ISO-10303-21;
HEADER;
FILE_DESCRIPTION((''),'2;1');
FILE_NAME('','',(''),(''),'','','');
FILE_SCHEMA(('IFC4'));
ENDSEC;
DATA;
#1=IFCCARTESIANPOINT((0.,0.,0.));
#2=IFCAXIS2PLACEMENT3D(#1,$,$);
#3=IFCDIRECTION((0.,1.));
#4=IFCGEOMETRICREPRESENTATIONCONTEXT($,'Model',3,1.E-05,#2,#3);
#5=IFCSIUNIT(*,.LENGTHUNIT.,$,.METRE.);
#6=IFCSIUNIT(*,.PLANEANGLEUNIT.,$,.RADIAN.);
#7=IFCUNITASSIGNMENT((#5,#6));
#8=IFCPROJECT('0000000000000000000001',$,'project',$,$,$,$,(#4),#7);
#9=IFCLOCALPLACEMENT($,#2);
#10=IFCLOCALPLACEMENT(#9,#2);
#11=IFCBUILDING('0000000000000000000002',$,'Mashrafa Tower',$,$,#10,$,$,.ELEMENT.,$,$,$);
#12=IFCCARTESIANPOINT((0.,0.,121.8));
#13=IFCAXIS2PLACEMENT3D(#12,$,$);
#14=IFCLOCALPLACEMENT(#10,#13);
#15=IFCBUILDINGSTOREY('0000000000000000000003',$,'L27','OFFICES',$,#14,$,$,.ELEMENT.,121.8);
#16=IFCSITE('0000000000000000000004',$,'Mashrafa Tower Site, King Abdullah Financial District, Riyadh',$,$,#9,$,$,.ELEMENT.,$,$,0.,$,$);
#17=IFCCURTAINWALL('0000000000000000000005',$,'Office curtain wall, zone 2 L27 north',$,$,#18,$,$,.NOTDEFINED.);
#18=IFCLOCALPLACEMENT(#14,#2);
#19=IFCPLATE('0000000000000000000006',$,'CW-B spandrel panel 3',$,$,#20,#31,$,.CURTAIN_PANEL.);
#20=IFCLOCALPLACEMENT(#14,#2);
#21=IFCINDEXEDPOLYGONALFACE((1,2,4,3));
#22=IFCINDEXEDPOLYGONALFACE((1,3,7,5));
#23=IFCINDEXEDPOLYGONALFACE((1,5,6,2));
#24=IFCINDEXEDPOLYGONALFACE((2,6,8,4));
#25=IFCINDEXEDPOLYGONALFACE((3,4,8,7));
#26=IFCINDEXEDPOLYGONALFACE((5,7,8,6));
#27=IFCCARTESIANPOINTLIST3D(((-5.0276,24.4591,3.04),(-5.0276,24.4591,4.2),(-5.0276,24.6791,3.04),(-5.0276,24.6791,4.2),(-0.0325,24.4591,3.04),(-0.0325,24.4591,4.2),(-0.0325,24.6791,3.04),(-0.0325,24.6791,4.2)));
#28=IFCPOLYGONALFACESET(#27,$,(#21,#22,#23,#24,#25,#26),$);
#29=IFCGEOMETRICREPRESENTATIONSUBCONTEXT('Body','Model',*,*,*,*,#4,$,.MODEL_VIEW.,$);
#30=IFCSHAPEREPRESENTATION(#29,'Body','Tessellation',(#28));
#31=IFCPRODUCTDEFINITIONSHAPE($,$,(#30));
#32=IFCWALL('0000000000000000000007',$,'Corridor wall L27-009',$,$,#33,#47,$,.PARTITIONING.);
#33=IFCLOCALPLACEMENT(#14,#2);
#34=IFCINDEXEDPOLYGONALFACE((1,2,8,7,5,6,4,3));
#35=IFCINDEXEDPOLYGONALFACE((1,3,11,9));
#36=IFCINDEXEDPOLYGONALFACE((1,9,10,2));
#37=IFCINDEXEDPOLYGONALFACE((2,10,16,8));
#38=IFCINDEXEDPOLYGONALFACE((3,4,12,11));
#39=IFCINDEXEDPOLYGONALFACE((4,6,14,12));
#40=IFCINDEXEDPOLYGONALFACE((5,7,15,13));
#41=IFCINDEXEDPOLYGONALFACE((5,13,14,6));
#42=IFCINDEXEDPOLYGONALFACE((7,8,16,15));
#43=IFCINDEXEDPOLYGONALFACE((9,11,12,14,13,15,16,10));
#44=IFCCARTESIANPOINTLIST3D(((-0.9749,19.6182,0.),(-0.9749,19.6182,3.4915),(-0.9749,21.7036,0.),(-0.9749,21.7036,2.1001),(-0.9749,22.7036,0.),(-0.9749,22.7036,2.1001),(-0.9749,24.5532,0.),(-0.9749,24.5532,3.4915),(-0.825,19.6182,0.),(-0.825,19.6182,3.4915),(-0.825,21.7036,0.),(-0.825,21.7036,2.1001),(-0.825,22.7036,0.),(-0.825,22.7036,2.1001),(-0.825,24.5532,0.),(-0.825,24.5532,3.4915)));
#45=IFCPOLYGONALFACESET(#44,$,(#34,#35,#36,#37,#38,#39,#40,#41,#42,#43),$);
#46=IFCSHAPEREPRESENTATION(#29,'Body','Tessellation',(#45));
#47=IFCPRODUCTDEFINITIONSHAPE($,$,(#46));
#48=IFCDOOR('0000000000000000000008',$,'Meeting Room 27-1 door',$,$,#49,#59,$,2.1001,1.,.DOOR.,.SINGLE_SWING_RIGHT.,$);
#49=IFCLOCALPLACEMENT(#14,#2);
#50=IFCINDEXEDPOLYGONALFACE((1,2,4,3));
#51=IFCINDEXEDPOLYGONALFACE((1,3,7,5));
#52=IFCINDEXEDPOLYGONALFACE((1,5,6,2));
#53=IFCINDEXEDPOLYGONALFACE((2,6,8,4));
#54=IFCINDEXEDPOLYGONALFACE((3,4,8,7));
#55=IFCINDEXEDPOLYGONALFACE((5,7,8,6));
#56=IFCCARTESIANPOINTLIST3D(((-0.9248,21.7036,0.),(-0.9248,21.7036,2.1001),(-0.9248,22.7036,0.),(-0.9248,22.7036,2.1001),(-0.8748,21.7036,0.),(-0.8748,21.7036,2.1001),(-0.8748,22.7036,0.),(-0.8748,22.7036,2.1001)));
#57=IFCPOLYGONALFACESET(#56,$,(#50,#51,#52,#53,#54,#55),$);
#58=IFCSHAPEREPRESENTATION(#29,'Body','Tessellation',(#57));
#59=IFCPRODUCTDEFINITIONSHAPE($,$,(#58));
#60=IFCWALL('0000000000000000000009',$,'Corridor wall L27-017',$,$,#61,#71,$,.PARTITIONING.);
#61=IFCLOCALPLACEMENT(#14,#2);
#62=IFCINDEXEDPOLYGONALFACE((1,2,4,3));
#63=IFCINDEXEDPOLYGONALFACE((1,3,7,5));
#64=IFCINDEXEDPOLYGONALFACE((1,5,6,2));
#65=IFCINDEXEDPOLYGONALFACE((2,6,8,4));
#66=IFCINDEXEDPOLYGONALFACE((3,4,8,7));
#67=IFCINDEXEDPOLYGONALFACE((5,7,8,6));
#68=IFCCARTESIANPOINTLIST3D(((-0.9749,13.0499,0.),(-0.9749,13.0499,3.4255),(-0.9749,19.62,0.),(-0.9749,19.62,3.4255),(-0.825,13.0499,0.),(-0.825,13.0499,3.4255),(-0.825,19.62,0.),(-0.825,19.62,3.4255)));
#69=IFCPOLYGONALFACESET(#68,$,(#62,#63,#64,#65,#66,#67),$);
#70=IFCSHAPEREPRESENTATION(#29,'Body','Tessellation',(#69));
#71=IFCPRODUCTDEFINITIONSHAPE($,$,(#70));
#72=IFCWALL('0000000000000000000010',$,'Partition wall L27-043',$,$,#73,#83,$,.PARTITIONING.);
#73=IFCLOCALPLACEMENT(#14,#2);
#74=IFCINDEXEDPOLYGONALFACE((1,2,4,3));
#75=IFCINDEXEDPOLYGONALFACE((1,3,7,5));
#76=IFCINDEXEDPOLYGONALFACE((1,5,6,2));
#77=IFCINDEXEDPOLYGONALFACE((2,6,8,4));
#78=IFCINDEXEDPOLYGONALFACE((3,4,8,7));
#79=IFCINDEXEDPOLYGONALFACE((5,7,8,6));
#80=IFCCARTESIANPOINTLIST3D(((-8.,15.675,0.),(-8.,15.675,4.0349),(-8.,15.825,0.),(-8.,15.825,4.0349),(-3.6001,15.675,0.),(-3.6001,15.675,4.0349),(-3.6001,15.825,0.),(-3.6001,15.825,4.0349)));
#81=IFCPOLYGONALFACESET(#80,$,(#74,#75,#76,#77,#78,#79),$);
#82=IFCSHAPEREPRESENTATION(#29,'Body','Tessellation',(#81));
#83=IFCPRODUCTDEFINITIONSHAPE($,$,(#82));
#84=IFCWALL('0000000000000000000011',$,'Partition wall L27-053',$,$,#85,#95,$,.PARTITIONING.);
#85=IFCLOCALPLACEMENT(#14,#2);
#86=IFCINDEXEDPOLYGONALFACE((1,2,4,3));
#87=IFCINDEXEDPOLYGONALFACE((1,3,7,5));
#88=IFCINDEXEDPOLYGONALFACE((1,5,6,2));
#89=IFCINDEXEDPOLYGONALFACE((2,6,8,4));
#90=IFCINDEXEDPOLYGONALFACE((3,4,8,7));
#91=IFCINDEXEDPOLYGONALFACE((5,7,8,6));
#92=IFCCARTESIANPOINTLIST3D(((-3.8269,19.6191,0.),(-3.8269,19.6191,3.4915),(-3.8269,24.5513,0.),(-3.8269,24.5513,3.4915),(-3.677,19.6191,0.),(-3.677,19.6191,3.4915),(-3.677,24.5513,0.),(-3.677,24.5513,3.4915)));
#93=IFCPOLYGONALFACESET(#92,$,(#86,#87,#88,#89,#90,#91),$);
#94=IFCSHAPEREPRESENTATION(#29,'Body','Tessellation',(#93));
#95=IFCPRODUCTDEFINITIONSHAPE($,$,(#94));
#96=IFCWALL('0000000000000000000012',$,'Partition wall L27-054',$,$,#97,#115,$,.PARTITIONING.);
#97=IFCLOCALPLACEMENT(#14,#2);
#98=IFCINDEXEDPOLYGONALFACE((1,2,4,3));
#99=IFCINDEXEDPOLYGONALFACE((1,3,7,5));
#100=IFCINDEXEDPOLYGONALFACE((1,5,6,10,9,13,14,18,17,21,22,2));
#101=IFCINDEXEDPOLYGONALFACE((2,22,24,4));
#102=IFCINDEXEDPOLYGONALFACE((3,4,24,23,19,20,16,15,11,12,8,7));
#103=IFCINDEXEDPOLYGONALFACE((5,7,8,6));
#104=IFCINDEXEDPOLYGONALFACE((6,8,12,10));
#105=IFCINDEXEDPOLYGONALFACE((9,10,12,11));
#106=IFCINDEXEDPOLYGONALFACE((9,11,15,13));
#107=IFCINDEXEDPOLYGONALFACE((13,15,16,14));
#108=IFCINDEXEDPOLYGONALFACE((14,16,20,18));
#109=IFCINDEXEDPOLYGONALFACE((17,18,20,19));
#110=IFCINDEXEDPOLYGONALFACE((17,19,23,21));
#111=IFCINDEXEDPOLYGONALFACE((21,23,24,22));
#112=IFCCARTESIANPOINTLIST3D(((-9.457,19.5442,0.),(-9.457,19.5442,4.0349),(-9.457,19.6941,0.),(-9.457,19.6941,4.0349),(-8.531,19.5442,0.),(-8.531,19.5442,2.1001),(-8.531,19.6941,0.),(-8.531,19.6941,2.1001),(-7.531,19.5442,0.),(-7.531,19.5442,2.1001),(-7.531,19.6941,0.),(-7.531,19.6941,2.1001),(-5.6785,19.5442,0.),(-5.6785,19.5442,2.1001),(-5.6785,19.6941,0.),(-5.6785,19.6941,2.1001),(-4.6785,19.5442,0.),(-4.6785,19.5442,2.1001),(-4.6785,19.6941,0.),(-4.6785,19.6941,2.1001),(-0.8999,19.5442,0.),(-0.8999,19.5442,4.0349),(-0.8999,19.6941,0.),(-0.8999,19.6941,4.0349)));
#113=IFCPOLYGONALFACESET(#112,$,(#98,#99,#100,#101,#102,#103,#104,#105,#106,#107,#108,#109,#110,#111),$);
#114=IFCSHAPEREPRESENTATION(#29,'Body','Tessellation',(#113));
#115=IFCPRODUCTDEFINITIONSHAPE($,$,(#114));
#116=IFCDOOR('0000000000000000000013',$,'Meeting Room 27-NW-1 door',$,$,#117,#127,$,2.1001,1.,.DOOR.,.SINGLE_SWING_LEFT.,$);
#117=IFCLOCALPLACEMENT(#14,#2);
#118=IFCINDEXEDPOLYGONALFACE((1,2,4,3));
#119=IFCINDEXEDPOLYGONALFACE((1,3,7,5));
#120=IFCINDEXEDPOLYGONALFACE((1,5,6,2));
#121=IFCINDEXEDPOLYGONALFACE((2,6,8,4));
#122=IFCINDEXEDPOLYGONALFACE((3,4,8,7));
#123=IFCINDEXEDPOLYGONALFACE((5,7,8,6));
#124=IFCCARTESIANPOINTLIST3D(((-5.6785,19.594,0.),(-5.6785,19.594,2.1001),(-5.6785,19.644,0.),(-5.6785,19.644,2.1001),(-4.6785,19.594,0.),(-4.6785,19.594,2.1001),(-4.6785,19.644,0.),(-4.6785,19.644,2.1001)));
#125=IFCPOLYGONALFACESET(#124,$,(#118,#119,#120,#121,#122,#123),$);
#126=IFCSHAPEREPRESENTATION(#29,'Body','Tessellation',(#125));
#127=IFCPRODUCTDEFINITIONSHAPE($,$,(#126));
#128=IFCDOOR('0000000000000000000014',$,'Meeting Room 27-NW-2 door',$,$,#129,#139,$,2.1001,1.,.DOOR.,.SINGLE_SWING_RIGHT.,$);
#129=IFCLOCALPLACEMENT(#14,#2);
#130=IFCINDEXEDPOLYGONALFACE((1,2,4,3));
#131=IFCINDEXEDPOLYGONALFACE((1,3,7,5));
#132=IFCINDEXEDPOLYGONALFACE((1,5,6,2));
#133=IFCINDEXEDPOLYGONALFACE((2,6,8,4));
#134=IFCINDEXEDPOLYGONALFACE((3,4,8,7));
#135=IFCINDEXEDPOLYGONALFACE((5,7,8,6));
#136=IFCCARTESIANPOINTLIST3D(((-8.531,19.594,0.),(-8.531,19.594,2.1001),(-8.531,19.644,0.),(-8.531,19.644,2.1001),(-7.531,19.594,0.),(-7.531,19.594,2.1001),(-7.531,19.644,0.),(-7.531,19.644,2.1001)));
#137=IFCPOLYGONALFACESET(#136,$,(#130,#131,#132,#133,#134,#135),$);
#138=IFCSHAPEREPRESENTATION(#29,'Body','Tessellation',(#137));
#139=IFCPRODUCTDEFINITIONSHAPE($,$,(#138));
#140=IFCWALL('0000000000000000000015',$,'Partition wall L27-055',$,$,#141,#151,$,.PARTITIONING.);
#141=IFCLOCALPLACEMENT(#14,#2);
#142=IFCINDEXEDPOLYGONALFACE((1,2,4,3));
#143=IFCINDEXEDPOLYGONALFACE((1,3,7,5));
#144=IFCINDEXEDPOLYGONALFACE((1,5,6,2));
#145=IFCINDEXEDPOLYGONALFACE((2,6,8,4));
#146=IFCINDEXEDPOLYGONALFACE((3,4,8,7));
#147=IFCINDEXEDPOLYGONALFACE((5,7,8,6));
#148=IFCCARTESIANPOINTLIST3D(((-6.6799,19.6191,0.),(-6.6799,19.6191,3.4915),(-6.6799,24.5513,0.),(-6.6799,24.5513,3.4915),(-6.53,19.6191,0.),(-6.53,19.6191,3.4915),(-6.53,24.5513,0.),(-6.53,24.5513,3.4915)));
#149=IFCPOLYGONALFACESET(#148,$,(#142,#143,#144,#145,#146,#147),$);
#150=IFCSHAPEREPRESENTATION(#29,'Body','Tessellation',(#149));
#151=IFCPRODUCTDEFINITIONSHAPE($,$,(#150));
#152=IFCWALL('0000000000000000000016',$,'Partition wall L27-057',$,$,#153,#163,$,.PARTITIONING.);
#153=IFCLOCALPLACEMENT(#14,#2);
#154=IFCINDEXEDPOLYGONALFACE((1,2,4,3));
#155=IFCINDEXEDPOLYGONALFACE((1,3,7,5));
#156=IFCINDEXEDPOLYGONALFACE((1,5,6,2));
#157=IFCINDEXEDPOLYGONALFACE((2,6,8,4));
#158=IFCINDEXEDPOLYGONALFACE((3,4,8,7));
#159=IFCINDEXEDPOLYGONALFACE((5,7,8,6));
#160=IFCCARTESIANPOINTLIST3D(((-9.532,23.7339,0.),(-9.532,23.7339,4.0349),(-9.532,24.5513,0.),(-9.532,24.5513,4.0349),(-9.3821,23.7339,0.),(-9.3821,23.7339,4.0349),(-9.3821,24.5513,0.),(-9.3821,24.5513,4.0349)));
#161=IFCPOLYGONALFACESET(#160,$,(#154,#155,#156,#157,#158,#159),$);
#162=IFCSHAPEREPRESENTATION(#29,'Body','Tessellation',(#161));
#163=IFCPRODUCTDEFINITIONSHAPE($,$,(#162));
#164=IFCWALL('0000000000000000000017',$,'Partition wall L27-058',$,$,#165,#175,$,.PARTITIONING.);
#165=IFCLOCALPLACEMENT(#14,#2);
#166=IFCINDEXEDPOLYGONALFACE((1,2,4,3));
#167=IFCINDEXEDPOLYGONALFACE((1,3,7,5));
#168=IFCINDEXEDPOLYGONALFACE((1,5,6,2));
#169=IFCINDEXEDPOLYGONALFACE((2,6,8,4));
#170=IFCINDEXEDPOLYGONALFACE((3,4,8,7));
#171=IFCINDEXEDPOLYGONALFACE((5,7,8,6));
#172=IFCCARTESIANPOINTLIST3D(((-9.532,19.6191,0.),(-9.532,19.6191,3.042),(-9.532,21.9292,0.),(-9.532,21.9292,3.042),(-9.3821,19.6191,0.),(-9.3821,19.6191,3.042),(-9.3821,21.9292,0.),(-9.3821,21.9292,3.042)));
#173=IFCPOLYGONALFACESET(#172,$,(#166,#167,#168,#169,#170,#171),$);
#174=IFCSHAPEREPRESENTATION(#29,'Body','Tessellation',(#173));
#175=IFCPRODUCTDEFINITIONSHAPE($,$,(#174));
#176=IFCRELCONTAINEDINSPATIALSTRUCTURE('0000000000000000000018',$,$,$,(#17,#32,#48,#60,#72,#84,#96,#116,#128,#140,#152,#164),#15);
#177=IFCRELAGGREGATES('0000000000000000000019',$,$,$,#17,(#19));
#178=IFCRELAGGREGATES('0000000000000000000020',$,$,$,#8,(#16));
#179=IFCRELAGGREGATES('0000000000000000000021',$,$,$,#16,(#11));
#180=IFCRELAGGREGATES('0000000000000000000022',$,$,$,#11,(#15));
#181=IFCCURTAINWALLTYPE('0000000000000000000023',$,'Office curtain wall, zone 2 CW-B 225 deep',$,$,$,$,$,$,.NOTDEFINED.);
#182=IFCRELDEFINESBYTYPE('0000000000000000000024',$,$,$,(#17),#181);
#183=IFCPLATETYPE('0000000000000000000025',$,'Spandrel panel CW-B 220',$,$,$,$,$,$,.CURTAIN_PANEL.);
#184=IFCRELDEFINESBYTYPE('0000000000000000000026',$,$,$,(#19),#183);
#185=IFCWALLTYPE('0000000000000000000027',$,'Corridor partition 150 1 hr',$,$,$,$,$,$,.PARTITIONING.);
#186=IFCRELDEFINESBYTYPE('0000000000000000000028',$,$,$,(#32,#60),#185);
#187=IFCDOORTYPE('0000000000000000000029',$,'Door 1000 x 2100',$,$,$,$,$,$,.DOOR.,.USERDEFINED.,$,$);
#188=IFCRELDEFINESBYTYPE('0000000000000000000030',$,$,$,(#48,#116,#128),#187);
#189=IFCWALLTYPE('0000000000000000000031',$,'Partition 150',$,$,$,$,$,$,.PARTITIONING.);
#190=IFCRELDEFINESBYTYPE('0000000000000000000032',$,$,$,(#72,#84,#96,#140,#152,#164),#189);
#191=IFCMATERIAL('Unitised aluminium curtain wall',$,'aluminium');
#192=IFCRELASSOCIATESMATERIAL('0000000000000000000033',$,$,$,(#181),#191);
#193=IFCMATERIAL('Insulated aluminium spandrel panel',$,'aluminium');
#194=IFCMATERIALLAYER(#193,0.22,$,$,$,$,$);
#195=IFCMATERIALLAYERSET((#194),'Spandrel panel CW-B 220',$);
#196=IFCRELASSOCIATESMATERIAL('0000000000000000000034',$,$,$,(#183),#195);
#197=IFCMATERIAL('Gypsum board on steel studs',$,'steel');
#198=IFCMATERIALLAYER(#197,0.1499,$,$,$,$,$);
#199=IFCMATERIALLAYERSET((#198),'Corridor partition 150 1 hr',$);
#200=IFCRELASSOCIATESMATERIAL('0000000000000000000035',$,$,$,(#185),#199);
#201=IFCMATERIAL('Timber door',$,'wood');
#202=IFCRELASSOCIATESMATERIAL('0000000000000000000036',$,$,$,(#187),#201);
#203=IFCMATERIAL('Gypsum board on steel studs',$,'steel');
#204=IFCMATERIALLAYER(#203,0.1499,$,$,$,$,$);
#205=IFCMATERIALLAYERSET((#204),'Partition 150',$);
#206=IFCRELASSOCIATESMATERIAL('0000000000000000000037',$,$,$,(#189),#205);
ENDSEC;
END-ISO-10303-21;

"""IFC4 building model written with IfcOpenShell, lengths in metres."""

from ifc_helpers import new_model, si_unit, direction, frame, frame_2d, origin, origin_2d, place, context, subcontext, project, spatial, rectangle, extrude, source, transform, mapped, material, layer, layer_set, type_object, element, fill, aggregate, save


model = new_model("IFC4")

# Units and contexts
model_context = context("Model", 3, precision=1e-05, world=origin(), true_north=direction((0.0, 1.0)))
body_context = subcontext(model_context, "Body", "Model", "MODEL_VIEW")
ifc_project = project(units=[si_unit("LENGTHUNIT", "METRE"), si_unit("PLANEANGLEUNIT", "RADIAN")], contexts=[model_context])

# Site, building, storey
site_placement = place(None, origin())
site = spatial("IfcSite", under=ifc_project, at=site_placement, Name="Mashrafa Tower Site, King Abdullah Financial District, Riyadh", CompositionType="ELEMENT", RefElevation=0.0)
building_placement = place(site_placement, origin())
building = spatial("IfcBuilding", under=site, at=building_placement, Name="Mashrafa Tower", CompositionType="ELEMENT")
storey_placement = place(building_placement, frame((0.0, 0.0, 121.8)))
storey = spatial("IfcBuildingStorey", under=building, at=storey_placement, Name="L27", Description="OFFICES", CompositionType="ELEMENT", Elevation=121.8)

# Curtain wall
ifc_material_1 = material(Name="Unitised aluminium curtain wall", Category="aluminium")
curtain_wall_type = type_object("IfcCurtainWallType", Name="Office curtain wall, zone 2 CW-B 225 deep", PredefinedType="NOTDEFINED", material=ifc_material_1)
curtain_wall_1_placement = place(storey_placement, origin())
curtain_wall_1 = element("IfcCurtainWall", 1, at=curtain_wall_1_placement, inside=storey, type_object=curtain_wall_type, Name="Office curtain wall, zone 2 L27 north", PredefinedType="NOTDEFINED")

# Plate
ifc_material_2 = material(Name="Insulated aluminium spandrel panel", Category="aluminium")
ifc_layer_1 = layer(ifc_material_2, 0.22)
ifc_layer_set_1 = layer_set([ifc_layer_1], Name="Spandrel panel CW-B 220")
plate_type_1 = type_object("IfcPlateType", Name="Spandrel panel CW-B 220", PredefinedType="CURTAIN_PANEL", material=ifc_layer_set_1)
shared_shape_1 = source(origin(), body_context, "Body", "SweptSolid", [
    extrude(rectangle(XDim=4.9951, YDim=0.22, at=origin_2d()), origin(), (0.0, 0.0, 1.0), 1.1599),
])
plate_1_placement = place(storey_placement, frame((-2.53, 24.5691, 3.04), z_axis=(0.0, 0.0, 1.0), x_axis=(-1.0, 0.0, 0.0)))
plate_1 = element("IfcPlate", 2, at=plate_1_placement, type_object=plate_type_1, Name="CW-B spandrel panel 3", PredefinedType="CURTAIN_PANEL", context=body_context, shape_type="MappedRepresentation", body=[
    mapped(shared_shape_1, transform((0.0, 0.0, 0.0))),
])
aggregate(curtain_wall_1, [plate_1])

# Wall, opening, door
ifc_material_3 = material(Name="Gypsum board on steel studs", Category="steel")
ifc_layer_2 = layer(ifc_material_3, 0.1499)
ifc_layer_set_2 = layer_set([ifc_layer_2], Name="Corridor partition 150 1 hr")
wall_type_1 = type_object("IfcWallType", Name="Corridor partition 150 1 hr", PredefinedType="PARTITIONING", material=ifc_layer_set_2)
wall_1_placement = place(storey_placement, frame((-0.8999, 24.5532, 0.0), z_axis=(0.0, 0.0, 1.0), x_axis=(0.0, -1.0, 0.0)))
wall_1 = element("IfcWall", 3, at=wall_1_placement, inside=storey, type_object=wall_type_1, Name="Corridor wall L27-009", PredefinedType="PARTITIONING", context=body_context, shape_type="SweptSolid", body=[
    extrude(rectangle(XDim=4.9351, YDim=0.1499, at=frame_2d((2.4675, 0.0))), origin(), (0.0, 0.0, 1.0), 3.4915),
])
opening_1_placement = place(wall_1_placement, frame((1.8496, 0.0, 0.0)))
opening_1 = element("IfcOpeningElement", 4, at=opening_1_placement, cuts=wall_1, PredefinedType="OPENING", context=body_context, shape_type="SweptSolid", body=[
    extrude(rectangle(XDim=1.0, YDim=2.1001, at=frame_2d((0.5, 1.05))), frame((0.0, 0.085, 0.0), z_axis=(0.0, -1.0, 0.0), x_axis=(1.0, 0.0, 0.0)), (0.0, 0.0, 1.0), 0.1699),
])
ifc_material_4 = material(Name="Timber door", Category="wood")
door_type = type_object("IfcDoorType", Name="Door 1000 x 2100", OperationType="USERDEFINED", PredefinedType="DOOR", material=ifc_material_4)
door_1_placement = place(opening_1_placement, frame((1.0, 0.0, 0.0), z_axis=(0.0, 0.0, 1.0), x_axis=(-1.0, 0.0, 0.0)))
door_1 = element("IfcDoor", 5, at=door_1_placement, inside=storey, type_object=door_type, Name="Meeting Room 27-1 door", OperationType="SINGLE_SWING_RIGHT", OverallHeight=2.1001, OverallWidth=1.0, PredefinedType="DOOR", context=body_context, shape_type="SweptSolid", body=[
    extrude(rectangle(XDim=1.0, YDim=2.1001, at=frame_2d((0.5, 1.05))), frame((0.0, 0.0249, 0.0), z_axis=(0.0, -1.0, 0.0), x_axis=(1.0, 0.0, 0.0)), (0.0, 0.0, 1.0), 0.05),
])
fill(opening_1, door_1)

# Walls
wall_2_placement = place(storey_placement, frame((-0.8999, 19.6201, 0.0), z_axis=(0.0, 0.0, 1.0), x_axis=(0.0, -1.0, 0.0)))
element("IfcWall", 6, at=wall_2_placement, inside=storey, type_object=wall_type_1, Name="Corridor wall L27-017", PredefinedType="PARTITIONING", context=body_context, shape_type="SweptSolid", body=[
    extrude(rectangle(XDim=6.5701, YDim=0.1499, at=frame_2d((3.2852, 0.0))), origin(), (0.0, 0.0, 1.0), 3.4255),
])
ifc_material_5 = material(Name="Gypsum board on steel studs", Category="steel")
ifc_layer_3 = layer(ifc_material_5, 0.1499)
ifc_layer_set_3 = layer_set([ifc_layer_3], Name="Partition 150")
wall_type_2 = type_object("IfcWallType", Name="Partition 150", PredefinedType="PARTITIONING", material=ifc_layer_set_3)
wall_3_placement = place(storey_placement, frame((-3.6001, 15.75, 0.0), z_axis=(0.0, 0.0, 1.0), x_axis=(-1.0, 0.0, 0.0)))
element("IfcWall", 7, at=wall_3_placement, inside=storey, type_object=wall_type_2, Name="Partition wall L27-043", PredefinedType="PARTITIONING", context=body_context, shape_type="SweptSolid", body=[
    extrude(rectangle(XDim=4.3999, YDim=0.1499, at=frame_2d((2.2, 0.0))), origin(), (0.0, 0.0, 1.0), 4.0349),
])
wall_4_placement = place(storey_placement, frame((-3.752, 24.5513, 0.0), z_axis=(0.0, 0.0, 1.0), x_axis=(0.0, -1.0, 0.0)))
element("IfcWall", 8, at=wall_4_placement, inside=storey, type_object=wall_type_2, Name="Partition wall L27-053", PredefinedType="PARTITIONING", context=body_context, shape_type="SweptSolid", body=[
    extrude(rectangle(XDim=4.9321, YDim=0.1499, at=frame_2d((2.4661, 0.0))), origin(), (0.0, 0.0, 1.0), 3.4915),
])

# Wall, openings, doors
wall_5_placement = place(storey_placement, frame((-0.8999, 19.6191, 0.0), z_axis=(0.0, 0.0, 1.0), x_axis=(-1.0, 0.0, 0.0)))
wall_5 = element("IfcWall", 9, at=wall_5_placement, inside=storey, type_object=wall_type_2, Name="Partition wall L27-054", PredefinedType="PARTITIONING", context=body_context, shape_type="SweptSolid", body=[
    extrude(rectangle(XDim=8.5571, YDim=0.1499, at=frame_2d((4.2786, 0.0))), origin(), (0.0, 0.0, 1.0), 4.0349),
])
opening_2_placement = place(wall_5_placement, frame((3.7786, 0.0, 0.0)))
opening_2 = element("IfcOpeningElement", 10, at=opening_2_placement, cuts=wall_5, PredefinedType="OPENING", context=body_context, shape_type="SweptSolid", body=[
    extrude(rectangle(XDim=1.0, YDim=2.1001, at=frame_2d((0.5, 1.05))), frame((0.0, 0.085, 0.0), z_axis=(0.0, -1.0, 0.0), x_axis=(1.0, 0.0, 0.0)), (0.0, 0.0, 1.0), 0.1699),
])
opening_3_placement = place(wall_5_placement, frame((6.6311, 0.0, 0.0)))
opening_3 = element("IfcOpeningElement", 11, at=opening_3_placement, cuts=wall_5, PredefinedType="OPENING", context=body_context, shape_type="SweptSolid", body=[
    extrude(rectangle(XDim=1.0, YDim=2.1001, at=frame_2d((0.5, 1.05))), frame((0.0, 0.085, 0.0), z_axis=(0.0, -1.0, 0.0), x_axis=(1.0, 0.0, 0.0)), (0.0, 0.0, 1.0), 0.1699),
])
door_2_placement = place(opening_2_placement, frame((1.0, 0.0, 0.0), z_axis=(0.0, 0.0, 1.0), x_axis=(-1.0, 0.0, 0.0)))
door_2 = element("IfcDoor", 12, at=door_2_placement, inside=storey, type_object=door_type, Name="Meeting Room 27-NW-1 door", OperationType="SINGLE_SWING_LEFT", OverallHeight=2.1001, OverallWidth=1.0, PredefinedType="DOOR", context=body_context, shape_type="SweptSolid", body=[
    extrude(rectangle(XDim=1.0, YDim=2.1001, at=frame_2d((0.5, 1.05))), frame((0.0, 0.0249, 0.0), z_axis=(0.0, -1.0, 0.0), x_axis=(1.0, 0.0, 0.0)), (0.0, 0.0, 1.0), 0.05),
])
fill(opening_2, door_2)
door_3_placement = place(opening_3_placement, frame((1.0, 0.0, 0.0), z_axis=(0.0, 0.0, 1.0), x_axis=(-1.0, 0.0, 0.0)))
door_3 = element("IfcDoor", 13, at=door_3_placement, inside=storey, type_object=door_type, Name="Meeting Room 27-NW-2 door", OperationType="SINGLE_SWING_RIGHT", OverallHeight=2.1001, OverallWidth=1.0, PredefinedType="DOOR", context=body_context, shape_type="SweptSolid", body=[
    extrude(rectangle(XDim=1.0, YDim=2.1001, at=frame_2d((0.5, 1.05))), frame((0.0, 0.0249, 0.0), z_axis=(0.0, -1.0, 0.0), x_axis=(1.0, 0.0, 0.0)), (0.0, 0.0, 1.0), 0.05),
])
fill(opening_3, door_3)

# Walls
wall_6_placement = place(storey_placement, frame((-6.605, 24.5513, 0.0), z_axis=(0.0, 0.0, 1.0), x_axis=(0.0, -1.0, 0.0)))
element("IfcWall", 14, at=wall_6_placement, inside=storey, type_object=wall_type_2, Name="Partition wall L27-055", PredefinedType="PARTITIONING", context=body_context, shape_type="SweptSolid", body=[
    extrude(rectangle(XDim=4.9321, YDim=0.1499, at=frame_2d((2.4661, 0.0))), origin(), (0.0, 0.0, 1.0), 3.4915),
])
wall_7_placement = place(storey_placement, frame((-9.457, 24.5513, 0.0), z_axis=(0.0, 0.0, 1.0), x_axis=(0.0, -1.0, 0.0)))
element("IfcWall", 15, at=wall_7_placement, inside=storey, type_object=wall_type_2, Name="Partition wall L27-057", PredefinedType="PARTITIONING", context=body_context, shape_type="SweptSolid", body=[
    extrude(rectangle(XDim=0.8174, YDim=0.1499, at=frame_2d((0.4087, 0.0))), origin(), (0.0, 0.0, 1.0), 4.0349),
])
wall_8_placement = place(storey_placement, frame((-9.457, 21.9292, 0.0), z_axis=(0.0, 0.0, 1.0), x_axis=(0.0, -1.0, 0.0)))
element("IfcWall", 16, at=wall_8_placement, inside=storey, type_object=wall_type_2, Name="Partition wall L27-058", PredefinedType="PARTITIONING", context=body_context, shape_type="SweptSolid", body=[
    extrude(rectangle(XDim=2.3101, YDim=0.1499, at=frame_2d((1.155, 0.0))), origin(), (0.0, 0.0, 1.0), 3.042),
])

save(model, "model.ifc")
